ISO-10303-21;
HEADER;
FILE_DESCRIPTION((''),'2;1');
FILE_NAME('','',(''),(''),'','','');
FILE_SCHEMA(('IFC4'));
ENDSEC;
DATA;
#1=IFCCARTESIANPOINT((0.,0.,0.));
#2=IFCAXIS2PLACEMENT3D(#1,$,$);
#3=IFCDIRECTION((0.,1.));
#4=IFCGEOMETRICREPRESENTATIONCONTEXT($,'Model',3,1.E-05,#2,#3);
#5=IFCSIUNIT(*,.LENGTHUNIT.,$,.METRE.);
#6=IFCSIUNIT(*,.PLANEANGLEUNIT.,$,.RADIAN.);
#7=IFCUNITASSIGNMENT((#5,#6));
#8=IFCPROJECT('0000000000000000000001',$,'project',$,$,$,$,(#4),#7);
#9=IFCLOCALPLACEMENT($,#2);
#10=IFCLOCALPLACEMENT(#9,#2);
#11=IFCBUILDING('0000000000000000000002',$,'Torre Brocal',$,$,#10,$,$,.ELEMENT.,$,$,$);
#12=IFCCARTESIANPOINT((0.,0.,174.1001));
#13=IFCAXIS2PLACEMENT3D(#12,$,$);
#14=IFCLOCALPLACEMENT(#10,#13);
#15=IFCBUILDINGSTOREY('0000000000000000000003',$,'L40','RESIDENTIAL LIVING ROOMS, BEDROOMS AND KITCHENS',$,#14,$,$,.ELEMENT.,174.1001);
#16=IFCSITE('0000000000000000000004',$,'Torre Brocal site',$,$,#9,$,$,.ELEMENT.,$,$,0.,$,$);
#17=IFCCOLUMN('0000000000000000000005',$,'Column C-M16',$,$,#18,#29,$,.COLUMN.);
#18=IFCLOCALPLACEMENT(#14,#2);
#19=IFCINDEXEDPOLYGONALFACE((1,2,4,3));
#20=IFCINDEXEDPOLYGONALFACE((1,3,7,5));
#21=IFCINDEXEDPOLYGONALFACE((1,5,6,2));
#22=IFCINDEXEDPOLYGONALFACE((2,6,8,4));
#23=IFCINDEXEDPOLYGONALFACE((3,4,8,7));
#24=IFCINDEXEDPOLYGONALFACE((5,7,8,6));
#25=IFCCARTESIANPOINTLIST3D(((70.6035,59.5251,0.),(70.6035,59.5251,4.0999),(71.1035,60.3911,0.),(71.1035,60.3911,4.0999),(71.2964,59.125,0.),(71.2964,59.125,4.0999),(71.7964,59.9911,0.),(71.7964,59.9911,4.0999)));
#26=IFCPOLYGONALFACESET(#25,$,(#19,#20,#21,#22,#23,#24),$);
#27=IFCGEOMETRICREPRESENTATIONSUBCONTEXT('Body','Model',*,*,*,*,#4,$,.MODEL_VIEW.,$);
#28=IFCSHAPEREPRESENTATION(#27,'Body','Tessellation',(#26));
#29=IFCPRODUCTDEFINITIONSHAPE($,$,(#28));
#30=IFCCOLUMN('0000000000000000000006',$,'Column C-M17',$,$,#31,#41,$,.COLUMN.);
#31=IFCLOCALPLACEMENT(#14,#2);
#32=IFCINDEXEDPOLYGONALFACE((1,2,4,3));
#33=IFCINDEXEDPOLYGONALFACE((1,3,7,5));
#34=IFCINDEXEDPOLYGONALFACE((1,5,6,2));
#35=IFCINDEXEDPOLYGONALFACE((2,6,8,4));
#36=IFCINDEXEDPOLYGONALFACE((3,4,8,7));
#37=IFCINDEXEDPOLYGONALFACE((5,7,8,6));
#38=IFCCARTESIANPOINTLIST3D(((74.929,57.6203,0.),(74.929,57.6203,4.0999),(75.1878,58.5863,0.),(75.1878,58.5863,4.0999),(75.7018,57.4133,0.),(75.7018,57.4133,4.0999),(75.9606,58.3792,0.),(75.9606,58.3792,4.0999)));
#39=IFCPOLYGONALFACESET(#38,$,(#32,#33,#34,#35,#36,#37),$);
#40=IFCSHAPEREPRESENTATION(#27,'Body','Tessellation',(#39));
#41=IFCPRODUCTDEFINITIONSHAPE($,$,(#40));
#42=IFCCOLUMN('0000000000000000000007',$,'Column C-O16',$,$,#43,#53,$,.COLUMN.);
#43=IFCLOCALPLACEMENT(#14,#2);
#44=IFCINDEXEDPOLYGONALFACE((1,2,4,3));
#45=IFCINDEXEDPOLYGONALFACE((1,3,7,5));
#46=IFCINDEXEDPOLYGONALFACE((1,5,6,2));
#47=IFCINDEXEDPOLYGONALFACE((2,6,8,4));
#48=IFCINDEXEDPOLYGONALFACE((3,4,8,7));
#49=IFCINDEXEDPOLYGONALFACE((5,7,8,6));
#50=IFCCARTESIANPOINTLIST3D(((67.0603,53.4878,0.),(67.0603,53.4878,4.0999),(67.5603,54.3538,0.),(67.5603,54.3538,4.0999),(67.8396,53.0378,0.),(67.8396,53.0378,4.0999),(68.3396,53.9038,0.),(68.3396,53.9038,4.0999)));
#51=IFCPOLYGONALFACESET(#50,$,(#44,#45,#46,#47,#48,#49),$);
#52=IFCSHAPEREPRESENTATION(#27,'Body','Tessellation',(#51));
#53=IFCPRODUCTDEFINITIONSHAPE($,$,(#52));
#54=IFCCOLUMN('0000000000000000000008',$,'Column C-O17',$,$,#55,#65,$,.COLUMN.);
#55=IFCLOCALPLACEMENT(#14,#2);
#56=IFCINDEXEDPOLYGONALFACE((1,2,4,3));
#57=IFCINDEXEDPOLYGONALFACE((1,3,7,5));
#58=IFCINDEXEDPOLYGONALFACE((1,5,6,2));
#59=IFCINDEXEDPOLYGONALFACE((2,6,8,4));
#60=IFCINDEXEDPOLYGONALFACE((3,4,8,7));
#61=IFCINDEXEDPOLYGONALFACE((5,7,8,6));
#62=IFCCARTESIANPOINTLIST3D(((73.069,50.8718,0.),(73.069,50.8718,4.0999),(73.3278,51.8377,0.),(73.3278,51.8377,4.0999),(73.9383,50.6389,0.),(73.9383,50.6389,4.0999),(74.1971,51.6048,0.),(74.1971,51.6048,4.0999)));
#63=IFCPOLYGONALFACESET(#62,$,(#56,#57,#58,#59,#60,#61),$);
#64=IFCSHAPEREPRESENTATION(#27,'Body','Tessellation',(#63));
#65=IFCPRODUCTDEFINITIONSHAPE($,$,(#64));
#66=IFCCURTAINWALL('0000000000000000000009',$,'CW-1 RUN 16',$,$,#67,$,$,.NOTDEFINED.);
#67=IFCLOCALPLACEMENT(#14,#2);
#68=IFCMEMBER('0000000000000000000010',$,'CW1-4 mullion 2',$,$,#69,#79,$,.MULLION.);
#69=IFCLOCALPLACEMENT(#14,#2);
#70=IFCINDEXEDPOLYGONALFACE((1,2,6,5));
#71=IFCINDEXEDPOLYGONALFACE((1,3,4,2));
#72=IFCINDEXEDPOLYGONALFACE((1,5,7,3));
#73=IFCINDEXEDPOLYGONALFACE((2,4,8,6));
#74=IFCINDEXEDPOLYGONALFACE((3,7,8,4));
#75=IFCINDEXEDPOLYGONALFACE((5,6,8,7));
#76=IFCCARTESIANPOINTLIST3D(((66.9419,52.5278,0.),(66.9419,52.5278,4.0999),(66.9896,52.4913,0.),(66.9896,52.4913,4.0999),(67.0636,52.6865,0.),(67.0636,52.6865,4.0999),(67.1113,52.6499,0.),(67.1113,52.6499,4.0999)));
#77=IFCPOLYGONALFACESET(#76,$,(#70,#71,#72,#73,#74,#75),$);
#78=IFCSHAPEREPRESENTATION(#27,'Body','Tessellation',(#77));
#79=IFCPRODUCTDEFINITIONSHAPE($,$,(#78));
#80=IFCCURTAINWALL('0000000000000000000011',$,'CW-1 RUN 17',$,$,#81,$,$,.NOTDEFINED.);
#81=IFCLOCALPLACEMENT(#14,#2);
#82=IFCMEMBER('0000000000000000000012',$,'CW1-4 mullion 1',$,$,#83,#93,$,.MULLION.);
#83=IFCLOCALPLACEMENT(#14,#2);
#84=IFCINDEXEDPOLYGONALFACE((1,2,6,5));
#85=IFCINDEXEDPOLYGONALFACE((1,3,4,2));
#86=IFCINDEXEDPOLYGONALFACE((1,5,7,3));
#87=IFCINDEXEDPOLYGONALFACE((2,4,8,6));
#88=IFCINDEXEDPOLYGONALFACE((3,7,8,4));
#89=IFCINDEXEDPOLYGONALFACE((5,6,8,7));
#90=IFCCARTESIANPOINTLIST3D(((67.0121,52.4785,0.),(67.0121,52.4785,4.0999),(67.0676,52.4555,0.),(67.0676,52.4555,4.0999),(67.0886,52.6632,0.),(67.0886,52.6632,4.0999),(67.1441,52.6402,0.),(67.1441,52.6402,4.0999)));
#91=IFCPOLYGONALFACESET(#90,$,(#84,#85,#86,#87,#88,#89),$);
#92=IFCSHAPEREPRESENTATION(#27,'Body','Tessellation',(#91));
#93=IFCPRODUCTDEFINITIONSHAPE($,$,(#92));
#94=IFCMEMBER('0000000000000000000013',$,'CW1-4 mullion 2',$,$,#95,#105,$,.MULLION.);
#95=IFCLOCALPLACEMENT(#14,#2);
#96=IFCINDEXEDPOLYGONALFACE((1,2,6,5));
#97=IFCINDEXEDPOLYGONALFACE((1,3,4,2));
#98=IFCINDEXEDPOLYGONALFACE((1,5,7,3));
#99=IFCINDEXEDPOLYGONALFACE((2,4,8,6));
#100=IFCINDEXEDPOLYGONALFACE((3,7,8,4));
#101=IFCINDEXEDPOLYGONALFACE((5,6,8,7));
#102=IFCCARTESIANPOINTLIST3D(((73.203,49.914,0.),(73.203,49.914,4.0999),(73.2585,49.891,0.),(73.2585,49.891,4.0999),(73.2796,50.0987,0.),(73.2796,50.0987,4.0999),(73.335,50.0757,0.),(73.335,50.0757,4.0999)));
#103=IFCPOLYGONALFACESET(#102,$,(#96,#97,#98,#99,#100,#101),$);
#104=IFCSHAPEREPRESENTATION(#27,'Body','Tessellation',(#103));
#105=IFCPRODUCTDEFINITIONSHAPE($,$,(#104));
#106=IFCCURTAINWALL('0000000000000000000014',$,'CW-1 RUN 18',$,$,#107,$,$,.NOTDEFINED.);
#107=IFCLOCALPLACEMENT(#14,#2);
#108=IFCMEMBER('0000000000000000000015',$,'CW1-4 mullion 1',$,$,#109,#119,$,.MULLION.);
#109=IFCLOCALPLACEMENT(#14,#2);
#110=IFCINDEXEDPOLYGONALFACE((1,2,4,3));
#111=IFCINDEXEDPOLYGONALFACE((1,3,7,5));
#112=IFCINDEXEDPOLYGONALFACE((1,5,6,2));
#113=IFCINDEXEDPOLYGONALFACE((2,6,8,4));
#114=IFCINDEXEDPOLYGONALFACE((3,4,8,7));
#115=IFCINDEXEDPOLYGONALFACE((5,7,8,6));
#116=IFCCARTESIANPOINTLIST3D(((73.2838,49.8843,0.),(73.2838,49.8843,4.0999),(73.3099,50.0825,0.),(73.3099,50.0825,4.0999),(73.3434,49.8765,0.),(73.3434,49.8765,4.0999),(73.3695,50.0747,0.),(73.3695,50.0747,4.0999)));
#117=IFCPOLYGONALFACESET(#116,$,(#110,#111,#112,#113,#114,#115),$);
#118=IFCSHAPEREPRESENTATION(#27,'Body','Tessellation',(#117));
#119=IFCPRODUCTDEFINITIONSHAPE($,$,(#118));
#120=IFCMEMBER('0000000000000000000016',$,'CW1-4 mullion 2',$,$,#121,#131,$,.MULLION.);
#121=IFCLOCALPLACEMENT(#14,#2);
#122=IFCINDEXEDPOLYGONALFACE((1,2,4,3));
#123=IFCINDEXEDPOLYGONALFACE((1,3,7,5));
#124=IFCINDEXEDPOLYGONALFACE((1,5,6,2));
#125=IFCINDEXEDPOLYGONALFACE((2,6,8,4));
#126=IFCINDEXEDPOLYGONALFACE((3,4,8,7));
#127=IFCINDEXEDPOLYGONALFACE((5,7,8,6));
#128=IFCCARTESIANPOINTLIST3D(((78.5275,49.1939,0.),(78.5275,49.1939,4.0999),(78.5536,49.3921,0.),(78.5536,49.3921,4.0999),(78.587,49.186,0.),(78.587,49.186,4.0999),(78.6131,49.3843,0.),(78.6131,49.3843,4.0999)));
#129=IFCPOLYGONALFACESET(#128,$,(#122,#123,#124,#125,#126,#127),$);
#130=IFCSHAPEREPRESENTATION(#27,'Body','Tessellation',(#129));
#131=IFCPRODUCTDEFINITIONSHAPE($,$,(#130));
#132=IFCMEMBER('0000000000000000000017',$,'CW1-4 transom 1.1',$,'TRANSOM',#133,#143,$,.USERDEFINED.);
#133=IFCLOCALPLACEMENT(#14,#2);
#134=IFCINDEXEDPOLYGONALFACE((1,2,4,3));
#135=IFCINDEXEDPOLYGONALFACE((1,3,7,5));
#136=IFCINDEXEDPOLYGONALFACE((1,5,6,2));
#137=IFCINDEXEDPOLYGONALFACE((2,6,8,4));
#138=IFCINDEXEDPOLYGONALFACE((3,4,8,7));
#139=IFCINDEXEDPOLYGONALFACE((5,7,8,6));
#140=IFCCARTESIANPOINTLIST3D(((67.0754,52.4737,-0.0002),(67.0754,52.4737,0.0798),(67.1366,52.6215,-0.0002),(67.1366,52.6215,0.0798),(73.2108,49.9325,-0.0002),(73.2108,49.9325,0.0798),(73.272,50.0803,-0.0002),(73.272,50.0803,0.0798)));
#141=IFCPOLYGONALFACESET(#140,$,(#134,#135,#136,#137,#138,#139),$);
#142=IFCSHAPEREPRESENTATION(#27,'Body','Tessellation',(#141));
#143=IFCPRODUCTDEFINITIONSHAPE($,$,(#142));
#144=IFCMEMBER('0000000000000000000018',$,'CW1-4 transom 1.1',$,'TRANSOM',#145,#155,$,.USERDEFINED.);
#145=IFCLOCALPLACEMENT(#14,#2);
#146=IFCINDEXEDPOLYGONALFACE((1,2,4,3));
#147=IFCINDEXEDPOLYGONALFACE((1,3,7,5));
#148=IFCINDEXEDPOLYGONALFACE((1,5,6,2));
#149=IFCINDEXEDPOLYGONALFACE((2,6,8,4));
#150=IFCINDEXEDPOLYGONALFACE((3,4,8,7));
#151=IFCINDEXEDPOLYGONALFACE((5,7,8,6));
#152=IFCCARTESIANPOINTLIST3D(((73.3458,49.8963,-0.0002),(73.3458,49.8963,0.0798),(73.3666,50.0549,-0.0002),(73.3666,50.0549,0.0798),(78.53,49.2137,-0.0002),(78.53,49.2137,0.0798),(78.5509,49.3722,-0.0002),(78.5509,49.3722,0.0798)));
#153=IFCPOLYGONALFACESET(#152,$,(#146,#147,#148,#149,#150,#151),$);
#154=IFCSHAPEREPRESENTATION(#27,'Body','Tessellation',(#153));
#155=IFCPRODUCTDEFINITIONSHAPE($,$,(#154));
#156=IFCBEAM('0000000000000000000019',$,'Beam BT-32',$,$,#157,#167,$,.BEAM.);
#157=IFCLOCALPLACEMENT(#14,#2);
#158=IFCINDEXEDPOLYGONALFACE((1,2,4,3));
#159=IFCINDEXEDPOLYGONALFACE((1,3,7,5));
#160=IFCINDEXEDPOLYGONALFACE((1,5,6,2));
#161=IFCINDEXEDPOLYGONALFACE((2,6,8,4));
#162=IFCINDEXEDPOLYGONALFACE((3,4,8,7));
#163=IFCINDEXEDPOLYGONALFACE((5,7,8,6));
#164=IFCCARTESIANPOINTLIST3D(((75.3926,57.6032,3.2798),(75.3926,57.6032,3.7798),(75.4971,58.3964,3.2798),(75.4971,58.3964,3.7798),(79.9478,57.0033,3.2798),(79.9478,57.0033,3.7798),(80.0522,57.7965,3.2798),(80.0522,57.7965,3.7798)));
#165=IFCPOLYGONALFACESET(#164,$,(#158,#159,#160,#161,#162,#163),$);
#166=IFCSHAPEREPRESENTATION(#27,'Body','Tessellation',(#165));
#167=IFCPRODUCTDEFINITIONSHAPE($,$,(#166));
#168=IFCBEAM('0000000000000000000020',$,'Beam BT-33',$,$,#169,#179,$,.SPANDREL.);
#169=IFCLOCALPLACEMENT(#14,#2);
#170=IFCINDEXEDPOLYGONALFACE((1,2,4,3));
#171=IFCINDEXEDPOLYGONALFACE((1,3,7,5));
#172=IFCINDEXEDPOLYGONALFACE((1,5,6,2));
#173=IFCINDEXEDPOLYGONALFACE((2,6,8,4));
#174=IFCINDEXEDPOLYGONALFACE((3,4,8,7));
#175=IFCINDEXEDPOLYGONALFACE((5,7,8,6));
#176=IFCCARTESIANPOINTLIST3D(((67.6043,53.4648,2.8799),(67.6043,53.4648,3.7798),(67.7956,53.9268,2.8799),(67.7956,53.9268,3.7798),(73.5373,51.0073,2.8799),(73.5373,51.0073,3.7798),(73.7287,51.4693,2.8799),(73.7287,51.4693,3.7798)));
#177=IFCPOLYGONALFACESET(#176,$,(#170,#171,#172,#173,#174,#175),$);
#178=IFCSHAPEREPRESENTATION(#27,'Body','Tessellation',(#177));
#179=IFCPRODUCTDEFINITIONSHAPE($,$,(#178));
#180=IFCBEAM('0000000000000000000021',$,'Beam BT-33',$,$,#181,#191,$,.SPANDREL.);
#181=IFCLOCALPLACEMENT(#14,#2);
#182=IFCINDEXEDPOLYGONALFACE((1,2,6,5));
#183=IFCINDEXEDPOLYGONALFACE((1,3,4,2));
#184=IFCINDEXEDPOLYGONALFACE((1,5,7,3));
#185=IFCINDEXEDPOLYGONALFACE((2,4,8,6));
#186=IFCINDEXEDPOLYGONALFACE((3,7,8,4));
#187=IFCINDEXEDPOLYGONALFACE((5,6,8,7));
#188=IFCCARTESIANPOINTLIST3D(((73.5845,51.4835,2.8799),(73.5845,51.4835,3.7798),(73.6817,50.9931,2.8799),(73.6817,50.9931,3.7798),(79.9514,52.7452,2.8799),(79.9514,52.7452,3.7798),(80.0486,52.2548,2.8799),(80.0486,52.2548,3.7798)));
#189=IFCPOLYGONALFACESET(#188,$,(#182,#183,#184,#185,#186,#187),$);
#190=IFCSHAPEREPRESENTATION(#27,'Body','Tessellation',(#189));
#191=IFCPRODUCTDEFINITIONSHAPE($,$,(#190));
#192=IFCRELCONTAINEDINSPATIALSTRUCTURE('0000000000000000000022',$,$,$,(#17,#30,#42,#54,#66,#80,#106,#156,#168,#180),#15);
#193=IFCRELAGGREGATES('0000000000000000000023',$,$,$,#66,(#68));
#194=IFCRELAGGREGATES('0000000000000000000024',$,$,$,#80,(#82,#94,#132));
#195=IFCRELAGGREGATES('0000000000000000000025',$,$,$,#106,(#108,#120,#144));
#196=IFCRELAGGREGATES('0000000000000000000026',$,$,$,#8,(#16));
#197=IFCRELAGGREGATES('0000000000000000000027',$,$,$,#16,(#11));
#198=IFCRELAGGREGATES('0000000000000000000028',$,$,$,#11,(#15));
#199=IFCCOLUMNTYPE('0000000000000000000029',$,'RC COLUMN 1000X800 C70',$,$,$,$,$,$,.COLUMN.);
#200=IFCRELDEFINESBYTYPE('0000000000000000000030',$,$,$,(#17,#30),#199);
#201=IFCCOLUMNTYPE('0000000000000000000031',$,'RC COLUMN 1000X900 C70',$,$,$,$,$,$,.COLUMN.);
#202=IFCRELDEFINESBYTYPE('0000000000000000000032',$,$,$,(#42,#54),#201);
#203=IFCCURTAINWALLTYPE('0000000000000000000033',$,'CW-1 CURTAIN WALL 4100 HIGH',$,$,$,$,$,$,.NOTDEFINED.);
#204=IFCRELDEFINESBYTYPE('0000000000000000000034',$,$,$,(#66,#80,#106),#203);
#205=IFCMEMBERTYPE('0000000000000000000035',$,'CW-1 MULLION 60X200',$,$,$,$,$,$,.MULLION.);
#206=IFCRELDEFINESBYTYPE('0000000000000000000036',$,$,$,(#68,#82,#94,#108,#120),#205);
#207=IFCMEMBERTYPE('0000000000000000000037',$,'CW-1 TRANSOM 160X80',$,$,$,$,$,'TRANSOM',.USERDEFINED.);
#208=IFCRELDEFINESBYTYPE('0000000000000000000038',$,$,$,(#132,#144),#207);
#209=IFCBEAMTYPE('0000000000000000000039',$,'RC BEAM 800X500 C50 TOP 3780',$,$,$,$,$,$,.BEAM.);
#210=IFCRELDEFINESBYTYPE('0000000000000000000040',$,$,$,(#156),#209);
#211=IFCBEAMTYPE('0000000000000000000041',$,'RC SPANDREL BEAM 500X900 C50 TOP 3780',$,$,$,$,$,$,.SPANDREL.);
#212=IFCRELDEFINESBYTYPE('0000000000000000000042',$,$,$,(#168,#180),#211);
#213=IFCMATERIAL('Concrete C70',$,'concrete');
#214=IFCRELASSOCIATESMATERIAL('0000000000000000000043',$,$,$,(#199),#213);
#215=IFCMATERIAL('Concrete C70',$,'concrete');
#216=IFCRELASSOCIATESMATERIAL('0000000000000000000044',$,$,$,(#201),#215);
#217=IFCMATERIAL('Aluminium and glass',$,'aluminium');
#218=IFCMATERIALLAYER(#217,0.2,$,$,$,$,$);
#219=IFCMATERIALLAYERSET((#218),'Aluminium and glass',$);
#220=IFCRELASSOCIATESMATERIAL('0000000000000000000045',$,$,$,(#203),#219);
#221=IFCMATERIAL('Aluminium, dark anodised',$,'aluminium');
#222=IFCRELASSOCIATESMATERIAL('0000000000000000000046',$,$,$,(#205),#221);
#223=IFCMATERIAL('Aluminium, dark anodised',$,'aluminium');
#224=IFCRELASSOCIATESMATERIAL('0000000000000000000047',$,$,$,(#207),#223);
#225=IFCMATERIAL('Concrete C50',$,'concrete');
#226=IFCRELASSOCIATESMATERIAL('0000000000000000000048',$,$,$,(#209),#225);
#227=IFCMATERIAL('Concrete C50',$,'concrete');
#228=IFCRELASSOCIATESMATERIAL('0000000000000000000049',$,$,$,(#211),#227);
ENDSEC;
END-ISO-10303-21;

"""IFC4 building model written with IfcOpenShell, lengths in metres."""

from ifc_helpers import new_model, si_unit, direction, frame, origin, origin_2d, place, context, subcontext, project, spatial, rectangle, extrude, material, layer, layer_set, material_profile, profile_set, type_object, element, aggregate, save


model = new_model("IFC4")

# Units and contexts
model_context = context("Model", 3, precision=1e-05, world=origin(), true_north=direction((0.0, 1.0)))
body_context = subcontext(model_context, "Body", "Model", "MODEL_VIEW")
ifc_project = project(units=[si_unit("LENGTHUNIT", "METRE"), si_unit("PLANEANGLEUNIT", "RADIAN")], contexts=[model_context])

# Site, building, storey
site_placement = place(None, origin())
site = spatial("IfcSite", under=ifc_project, at=site_placement, Name="Torre Brocal site", CompositionType="ELEMENT", RefElevation=0.0)
building_placement = place(site_placement, origin())
building = spatial("IfcBuilding", under=site, at=building_placement, Name="Torre Brocal", CompositionType="ELEMENT")
storey_placement = place(building_placement, frame((0.0, 0.0, 174.1001)))
storey = spatial("IfcBuildingStorey", under=building, at=storey_placement, Name="L40", Description="RESIDENTIAL LIVING ROOMS, BEDROOMS AND KITCHENS", CompositionType="ELEMENT", Elevation=174.1001)

# Columns
ifc_material_1 = material(Name="Concrete C70", Category="concrete")
ifc_material_profile_1 = material_profile(ifc_material_1, rectangle(XDim=1.0, YDim=0.8, at=origin_2d()), Name="RC 1000X800")
ifc_profile_set_1 = profile_set([ifc_material_profile_1], Name="Concrete C70")
column_type_1 = type_object("IfcColumnType", Name="RC COLUMN 1000X800 C70", PredefinedType="COLUMN", material=ifc_profile_set_1)
for number, where, z_axis, x_axis, name in (
    (1, (71.2, 59.7581, 0.0), (0.0, 0.0, 1.0), (-0.5, -0.866025, 0.0), "Column C-M16"),
    (2, (75.4448, 57.9998, 0.0), (0.0, 0.0, 1.0), (-0.258819, -0.965926, 0.0), "Column C-M17"),
):
    element("IfcColumn", number, at=place(storey_placement, frame(where, z_axis=z_axis, x_axis=x_axis)), inside=storey, type_object=column_type_1, Name=name, PredefinedType="COLUMN", context=body_context, shape_type="SweptSolid", body=[
        extrude(rectangle(XDim=1.0, YDim=0.8, at=origin_2d()), origin(), (0.0, 0.0, 1.0), 4.0999),
    ])
ifc_material_2 = material(Name="Concrete C70", Category="concrete")
ifc_material_profile_2 = material_profile(ifc_material_2, rectangle(XDim=1.0, YDim=0.8999, at=origin_2d()), Name="RC 1000X900")
ifc_profile_set_2 = profile_set([ifc_material_profile_2], Name="Concrete C70")
column_type_2 = type_object("IfcColumnType", Name="RC COLUMN 1000X900 C70", PredefinedType="COLUMN", material=ifc_profile_set_2)
for number, where, z_axis, x_axis, name in (
    (3, (67.7, 53.6958, 0.0), (0.0, 0.0, 1.0), (-0.5, -0.866025, 0.0), "Column C-O16"),
    (4, (73.6331, 51.2383, 0.0), (0.0, 0.0, 1.0), (-0.258819, -0.965926, 0.0), "Column C-O17"),
):
    element("IfcColumn", number, at=place(storey_placement, frame(where, z_axis=z_axis, x_axis=x_axis)), inside=storey, type_object=column_type_2, Name=name, PredefinedType="COLUMN", context=body_context, shape_type="SweptSolid", body=[
        extrude(rectangle(XDim=1.0, YDim=0.8999, at=origin_2d()), origin(), (0.0, 0.0, 1.0), 4.0999),
    ])

# Curtain wall, member
ifc_material_3 = material(Name="Aluminium and glass", Category="aluminium")
ifc_layer_1 = layer(ifc_material_3, 0.2)
ifc_layer_set_1 = layer_set([ifc_layer_1], Name="Aluminium and glass")
curtain_wall_type = type_object("IfcCurtainWallType", Name="CW-1 CURTAIN WALL 4100 HIGH", PredefinedType="NOTDEFINED", material=ifc_layer_set_1)
curtain_wall_1_placement = place(storey_placement, origin())
curtain_wall_1 = element("IfcCurtainWall", 5, at=curtain_wall_1_placement, inside=storey, type_object=curtain_wall_type, Name="CW-1 RUN 16", PredefinedType="NOTDEFINED")
ifc_material_4 = material(Name="Aluminium, dark anodised", Category="aluminium")
ifc_material_profile_3 = material_profile(ifc_material_4, rectangle(XDim=0.2, YDim=0.0601, at=origin_2d()), Name="CW-1 MULLION 60X200")
ifc_profile_set_3 = profile_set([ifc_material_profile_3], Name="Aluminium, dark anodised")
member_type_1 = type_object("IfcMemberType", Name="CW-1 MULLION 60X200", PredefinedType="MULLION", material=ifc_profile_set_3)
member_1_placement = place(storey_placement, frame((67.0266, 52.5889, 0.0), z_axis=(0.0, 0.0, 1.0), x_axis=(0.608761, 0.793353, 0.0)))
member_1 = element("IfcMember", 6, at=member_1_placement, type_object=member_type_1, Name="CW1-4 mullion 2", PredefinedType="MULLION", context=body_context, shape_type="SweptSolid", body=[
    extrude(rectangle(XDim=0.2, YDim=0.0601, at=origin_2d()), origin(), (0.0, 0.0, 1.0), 4.0999),
])
aggregate(curtain_wall_1, [member_1])

# Curtain walls, members
curtain_wall_2_placement = place(storey_placement, origin())
curtain_wall_2 = element("IfcCurtainWall", 7, at=curtain_wall_2_placement, inside=storey, type_object=curtain_wall_type, Name="CW-1 RUN 17", PredefinedType="NOTDEFINED")
member_2_placement = place(storey_placement, frame((67.0781, 52.5593, 0.0), z_axis=(0.0, 0.0, 1.0), x_axis=(0.382683, 0.92388, 0.0)))
member_2 = element("IfcMember", 8, at=member_2_placement, type_object=member_type_1, Name="CW1-4 mullion 1", PredefinedType="MULLION", context=body_context, shape_type="SweptSolid", body=[
    extrude(rectangle(XDim=0.2, YDim=0.0601, at=origin_2d()), origin(), (0.0, 0.0, 1.0), 4.0999),
])
member_3_placement = place(storey_placement, frame((73.269, 49.9949, 0.0), z_axis=(0.0, 0.0, 1.0), x_axis=(0.382683, 0.92388, 0.0)))
member_3 = element("IfcMember", 9, at=member_3_placement, type_object=member_type_1, Name="CW1-4 mullion 2", PredefinedType="MULLION", context=body_context, shape_type="SweptSolid", body=[
    extrude(rectangle(XDim=0.2, YDim=0.0601, at=origin_2d()), origin(), (0.0, 0.0, 1.0), 4.0999),
])
curtain_wall_3_placement = place(storey_placement, origin())
curtain_wall_3 = element("IfcCurtainWall", 10, at=curtain_wall_3_placement, inside=storey, type_object=curtain_wall_type, Name="CW-1 RUN 18", PredefinedType="NOTDEFINED")
member_4_placement = place(storey_placement, frame((73.3267, 49.9795, 0.0), z_axis=(0.0, 0.0, 1.0), x_axis=(0.130526, 0.991445, 0.0)))
member_4 = element("IfcMember", 11, at=member_4_placement, type_object=member_type_1, Name="CW1-4 mullion 1", PredefinedType="MULLION", context=body_context, shape_type="SweptSolid", body=[
    extrude(rectangle(XDim=0.2, YDim=0.0601, at=origin_2d()), origin(), (0.0, 0.0, 1.0), 4.0999),
])
member_5_placement = place(storey_placement, frame((78.5703, 49.2891, 0.0), z_axis=(0.0, 0.0, 1.0), x_axis=(0.130526, 0.991445, 0.0)))
member_5 = element("IfcMember", 12, at=member_5_placement, type_object=member_type_1, Name="CW1-4 mullion 2", PredefinedType="MULLION", context=body_context, shape_type="SweptSolid", body=[
    extrude(rectangle(XDim=0.2, YDim=0.0601, at=origin_2d()), origin(), (0.0, 0.0, 1.0), 4.0999),
])

# Members
ifc_material_5 = material(Name="Aluminium, dark anodised", Category="aluminium")
ifc_material_profile_4 = material_profile(ifc_material_5, rectangle(XDim=0.1599, YDim=0.0801, at=origin_2d()), Name="CW-1 TRANSOM 160X80")
ifc_profile_set_4 = profile_set([ifc_material_profile_4], Name="Aluminium, dark anodised")
member_type_2 = type_object("IfcMemberType", Name="CW-1 TRANSOM 160X80", ElementType="TRANSOM", PredefinedType="USERDEFINED", material=ifc_profile_set_4)
member_6_placement = place(storey_placement, frame((67.106, 52.5476, 0.0398), z_axis=(0.923887, -0.382665, 0.0), x_axis=(0.382665, 0.923887, 0.0)))
member_6 = element("IfcMember", 13, at=member_6_placement, type_object=member_type_2, Name="CW1-4 transom 1.1", ObjectType="TRANSOM", PredefinedType="USERDEFINED", context=body_context, shape_type="SweptSolid", body=[
    extrude(rectangle(XDim=0.1599, YDim=0.0801, at=origin_2d()), origin(), (0.0, 0.0, 1.0), 6.6409),
])
member_7_placement = place(storey_placement, frame((73.3562, 49.9756, 0.0398), z_axis=(0.991443, -0.130543, 0.0), x_axis=(0.130543, 0.991443, 0.0)))
member_7 = element("IfcMember", 14, at=member_7_placement, type_object=member_type_2, Name="CW1-4 transom 1.1", ObjectType="TRANSOM", PredefinedType="USERDEFINED", context=body_context, shape_type="SweptSolid", body=[
    extrude(rectangle(XDim=0.1599, YDim=0.0801, at=origin_2d()), origin(), (0.0, 0.0, 1.0), 5.229),
])

# Beams
ifc_material_6 = material(Name="Concrete C50", Category="concrete")
ifc_material_profile_5 = material_profile(ifc_material_6, rectangle(XDim=0.8, YDim=0.5, at=origin_2d()), Name="RC 800X500")
ifc_profile_set_5 = profile_set([ifc_material_profile_5], Name="Concrete C50")
beam_type_1 = type_object("IfcBeamType", Name="RC BEAM 800X500 C50 TOP 3780", PredefinedType="BEAM", material=ifc_profile_set_5)
beam_1_placement = place(storey_placement, frame((75.4448, 57.9998, 3.5298), z_axis=(0.991441, -0.130559, 0.0), x_axis=(0.130559, 0.991441, 0.0)))
element("IfcBeam", 15, at=beam_1_placement, inside=storey, type_object=beam_type_1, Name="Beam BT-32", PredefinedType="BEAM", context=body_context, shape_type="SweptSolid", body=[
    extrude(rectangle(XDim=0.8, YDim=0.5, at=origin_2d()), origin(), (0.0, 0.0, 1.0), 4.5945),
])
ifc_material_7 = material(Name="Concrete C50", Category="concrete")
ifc_material_profile_6 = material_profile(ifc_material_7, rectangle(XDim=0.5, YDim=0.8999, at=origin_2d()), Name="RC 500X900")
ifc_profile_set_6 = profile_set([ifc_material_profile_6], Name="Concrete C50")
beam_type_2 = type_object("IfcBeamType", Name="RC SPANDREL BEAM 500X900 C50 TOP 3780", PredefinedType="SPANDREL", material=ifc_profile_set_6)
beam_2_placement = place(storey_placement, frame((67.7, 53.6958, 3.3298), z_axis=(0.923882, -0.382676, 0.0), x_axis=(0.382676, 0.923882, 0.0)))
element("IfcBeam", 16, at=beam_2_placement, inside=storey, type_object=beam_type_2, Name="Beam BT-33", PredefinedType="SPANDREL", context=body_context, shape_type="SweptSolid", body=[
    extrude(rectangle(XDim=0.5, YDim=0.8999, at=origin_2d()), origin(), (0.0, 0.0, 1.0), 6.4219),
])
beam_3_placement = place(storey_placement, frame((73.6331, 51.2383, 3.3298), z_axis=(0.980925, 0.194387, 0.0), x_axis=(-0.194387, 0.980925, 0.0)))
element("IfcBeam", 17, at=beam_3_placement, inside=storey, type_object=beam_type_2, Name="Beam BT-33", PredefinedType="SPANDREL", context=body_context, shape_type="SweptSolid", body=[
    extrude(rectangle(XDim=0.5, YDim=0.8999, at=origin_2d()), origin(), (0.0, 0.0, 1.0), 6.4907),
])

aggregate(curtain_wall_2, [member_2, member_3, member_6])
aggregate(curtain_wall_3, [member_4, member_5, member_7])

save(model, "model.ifc")
